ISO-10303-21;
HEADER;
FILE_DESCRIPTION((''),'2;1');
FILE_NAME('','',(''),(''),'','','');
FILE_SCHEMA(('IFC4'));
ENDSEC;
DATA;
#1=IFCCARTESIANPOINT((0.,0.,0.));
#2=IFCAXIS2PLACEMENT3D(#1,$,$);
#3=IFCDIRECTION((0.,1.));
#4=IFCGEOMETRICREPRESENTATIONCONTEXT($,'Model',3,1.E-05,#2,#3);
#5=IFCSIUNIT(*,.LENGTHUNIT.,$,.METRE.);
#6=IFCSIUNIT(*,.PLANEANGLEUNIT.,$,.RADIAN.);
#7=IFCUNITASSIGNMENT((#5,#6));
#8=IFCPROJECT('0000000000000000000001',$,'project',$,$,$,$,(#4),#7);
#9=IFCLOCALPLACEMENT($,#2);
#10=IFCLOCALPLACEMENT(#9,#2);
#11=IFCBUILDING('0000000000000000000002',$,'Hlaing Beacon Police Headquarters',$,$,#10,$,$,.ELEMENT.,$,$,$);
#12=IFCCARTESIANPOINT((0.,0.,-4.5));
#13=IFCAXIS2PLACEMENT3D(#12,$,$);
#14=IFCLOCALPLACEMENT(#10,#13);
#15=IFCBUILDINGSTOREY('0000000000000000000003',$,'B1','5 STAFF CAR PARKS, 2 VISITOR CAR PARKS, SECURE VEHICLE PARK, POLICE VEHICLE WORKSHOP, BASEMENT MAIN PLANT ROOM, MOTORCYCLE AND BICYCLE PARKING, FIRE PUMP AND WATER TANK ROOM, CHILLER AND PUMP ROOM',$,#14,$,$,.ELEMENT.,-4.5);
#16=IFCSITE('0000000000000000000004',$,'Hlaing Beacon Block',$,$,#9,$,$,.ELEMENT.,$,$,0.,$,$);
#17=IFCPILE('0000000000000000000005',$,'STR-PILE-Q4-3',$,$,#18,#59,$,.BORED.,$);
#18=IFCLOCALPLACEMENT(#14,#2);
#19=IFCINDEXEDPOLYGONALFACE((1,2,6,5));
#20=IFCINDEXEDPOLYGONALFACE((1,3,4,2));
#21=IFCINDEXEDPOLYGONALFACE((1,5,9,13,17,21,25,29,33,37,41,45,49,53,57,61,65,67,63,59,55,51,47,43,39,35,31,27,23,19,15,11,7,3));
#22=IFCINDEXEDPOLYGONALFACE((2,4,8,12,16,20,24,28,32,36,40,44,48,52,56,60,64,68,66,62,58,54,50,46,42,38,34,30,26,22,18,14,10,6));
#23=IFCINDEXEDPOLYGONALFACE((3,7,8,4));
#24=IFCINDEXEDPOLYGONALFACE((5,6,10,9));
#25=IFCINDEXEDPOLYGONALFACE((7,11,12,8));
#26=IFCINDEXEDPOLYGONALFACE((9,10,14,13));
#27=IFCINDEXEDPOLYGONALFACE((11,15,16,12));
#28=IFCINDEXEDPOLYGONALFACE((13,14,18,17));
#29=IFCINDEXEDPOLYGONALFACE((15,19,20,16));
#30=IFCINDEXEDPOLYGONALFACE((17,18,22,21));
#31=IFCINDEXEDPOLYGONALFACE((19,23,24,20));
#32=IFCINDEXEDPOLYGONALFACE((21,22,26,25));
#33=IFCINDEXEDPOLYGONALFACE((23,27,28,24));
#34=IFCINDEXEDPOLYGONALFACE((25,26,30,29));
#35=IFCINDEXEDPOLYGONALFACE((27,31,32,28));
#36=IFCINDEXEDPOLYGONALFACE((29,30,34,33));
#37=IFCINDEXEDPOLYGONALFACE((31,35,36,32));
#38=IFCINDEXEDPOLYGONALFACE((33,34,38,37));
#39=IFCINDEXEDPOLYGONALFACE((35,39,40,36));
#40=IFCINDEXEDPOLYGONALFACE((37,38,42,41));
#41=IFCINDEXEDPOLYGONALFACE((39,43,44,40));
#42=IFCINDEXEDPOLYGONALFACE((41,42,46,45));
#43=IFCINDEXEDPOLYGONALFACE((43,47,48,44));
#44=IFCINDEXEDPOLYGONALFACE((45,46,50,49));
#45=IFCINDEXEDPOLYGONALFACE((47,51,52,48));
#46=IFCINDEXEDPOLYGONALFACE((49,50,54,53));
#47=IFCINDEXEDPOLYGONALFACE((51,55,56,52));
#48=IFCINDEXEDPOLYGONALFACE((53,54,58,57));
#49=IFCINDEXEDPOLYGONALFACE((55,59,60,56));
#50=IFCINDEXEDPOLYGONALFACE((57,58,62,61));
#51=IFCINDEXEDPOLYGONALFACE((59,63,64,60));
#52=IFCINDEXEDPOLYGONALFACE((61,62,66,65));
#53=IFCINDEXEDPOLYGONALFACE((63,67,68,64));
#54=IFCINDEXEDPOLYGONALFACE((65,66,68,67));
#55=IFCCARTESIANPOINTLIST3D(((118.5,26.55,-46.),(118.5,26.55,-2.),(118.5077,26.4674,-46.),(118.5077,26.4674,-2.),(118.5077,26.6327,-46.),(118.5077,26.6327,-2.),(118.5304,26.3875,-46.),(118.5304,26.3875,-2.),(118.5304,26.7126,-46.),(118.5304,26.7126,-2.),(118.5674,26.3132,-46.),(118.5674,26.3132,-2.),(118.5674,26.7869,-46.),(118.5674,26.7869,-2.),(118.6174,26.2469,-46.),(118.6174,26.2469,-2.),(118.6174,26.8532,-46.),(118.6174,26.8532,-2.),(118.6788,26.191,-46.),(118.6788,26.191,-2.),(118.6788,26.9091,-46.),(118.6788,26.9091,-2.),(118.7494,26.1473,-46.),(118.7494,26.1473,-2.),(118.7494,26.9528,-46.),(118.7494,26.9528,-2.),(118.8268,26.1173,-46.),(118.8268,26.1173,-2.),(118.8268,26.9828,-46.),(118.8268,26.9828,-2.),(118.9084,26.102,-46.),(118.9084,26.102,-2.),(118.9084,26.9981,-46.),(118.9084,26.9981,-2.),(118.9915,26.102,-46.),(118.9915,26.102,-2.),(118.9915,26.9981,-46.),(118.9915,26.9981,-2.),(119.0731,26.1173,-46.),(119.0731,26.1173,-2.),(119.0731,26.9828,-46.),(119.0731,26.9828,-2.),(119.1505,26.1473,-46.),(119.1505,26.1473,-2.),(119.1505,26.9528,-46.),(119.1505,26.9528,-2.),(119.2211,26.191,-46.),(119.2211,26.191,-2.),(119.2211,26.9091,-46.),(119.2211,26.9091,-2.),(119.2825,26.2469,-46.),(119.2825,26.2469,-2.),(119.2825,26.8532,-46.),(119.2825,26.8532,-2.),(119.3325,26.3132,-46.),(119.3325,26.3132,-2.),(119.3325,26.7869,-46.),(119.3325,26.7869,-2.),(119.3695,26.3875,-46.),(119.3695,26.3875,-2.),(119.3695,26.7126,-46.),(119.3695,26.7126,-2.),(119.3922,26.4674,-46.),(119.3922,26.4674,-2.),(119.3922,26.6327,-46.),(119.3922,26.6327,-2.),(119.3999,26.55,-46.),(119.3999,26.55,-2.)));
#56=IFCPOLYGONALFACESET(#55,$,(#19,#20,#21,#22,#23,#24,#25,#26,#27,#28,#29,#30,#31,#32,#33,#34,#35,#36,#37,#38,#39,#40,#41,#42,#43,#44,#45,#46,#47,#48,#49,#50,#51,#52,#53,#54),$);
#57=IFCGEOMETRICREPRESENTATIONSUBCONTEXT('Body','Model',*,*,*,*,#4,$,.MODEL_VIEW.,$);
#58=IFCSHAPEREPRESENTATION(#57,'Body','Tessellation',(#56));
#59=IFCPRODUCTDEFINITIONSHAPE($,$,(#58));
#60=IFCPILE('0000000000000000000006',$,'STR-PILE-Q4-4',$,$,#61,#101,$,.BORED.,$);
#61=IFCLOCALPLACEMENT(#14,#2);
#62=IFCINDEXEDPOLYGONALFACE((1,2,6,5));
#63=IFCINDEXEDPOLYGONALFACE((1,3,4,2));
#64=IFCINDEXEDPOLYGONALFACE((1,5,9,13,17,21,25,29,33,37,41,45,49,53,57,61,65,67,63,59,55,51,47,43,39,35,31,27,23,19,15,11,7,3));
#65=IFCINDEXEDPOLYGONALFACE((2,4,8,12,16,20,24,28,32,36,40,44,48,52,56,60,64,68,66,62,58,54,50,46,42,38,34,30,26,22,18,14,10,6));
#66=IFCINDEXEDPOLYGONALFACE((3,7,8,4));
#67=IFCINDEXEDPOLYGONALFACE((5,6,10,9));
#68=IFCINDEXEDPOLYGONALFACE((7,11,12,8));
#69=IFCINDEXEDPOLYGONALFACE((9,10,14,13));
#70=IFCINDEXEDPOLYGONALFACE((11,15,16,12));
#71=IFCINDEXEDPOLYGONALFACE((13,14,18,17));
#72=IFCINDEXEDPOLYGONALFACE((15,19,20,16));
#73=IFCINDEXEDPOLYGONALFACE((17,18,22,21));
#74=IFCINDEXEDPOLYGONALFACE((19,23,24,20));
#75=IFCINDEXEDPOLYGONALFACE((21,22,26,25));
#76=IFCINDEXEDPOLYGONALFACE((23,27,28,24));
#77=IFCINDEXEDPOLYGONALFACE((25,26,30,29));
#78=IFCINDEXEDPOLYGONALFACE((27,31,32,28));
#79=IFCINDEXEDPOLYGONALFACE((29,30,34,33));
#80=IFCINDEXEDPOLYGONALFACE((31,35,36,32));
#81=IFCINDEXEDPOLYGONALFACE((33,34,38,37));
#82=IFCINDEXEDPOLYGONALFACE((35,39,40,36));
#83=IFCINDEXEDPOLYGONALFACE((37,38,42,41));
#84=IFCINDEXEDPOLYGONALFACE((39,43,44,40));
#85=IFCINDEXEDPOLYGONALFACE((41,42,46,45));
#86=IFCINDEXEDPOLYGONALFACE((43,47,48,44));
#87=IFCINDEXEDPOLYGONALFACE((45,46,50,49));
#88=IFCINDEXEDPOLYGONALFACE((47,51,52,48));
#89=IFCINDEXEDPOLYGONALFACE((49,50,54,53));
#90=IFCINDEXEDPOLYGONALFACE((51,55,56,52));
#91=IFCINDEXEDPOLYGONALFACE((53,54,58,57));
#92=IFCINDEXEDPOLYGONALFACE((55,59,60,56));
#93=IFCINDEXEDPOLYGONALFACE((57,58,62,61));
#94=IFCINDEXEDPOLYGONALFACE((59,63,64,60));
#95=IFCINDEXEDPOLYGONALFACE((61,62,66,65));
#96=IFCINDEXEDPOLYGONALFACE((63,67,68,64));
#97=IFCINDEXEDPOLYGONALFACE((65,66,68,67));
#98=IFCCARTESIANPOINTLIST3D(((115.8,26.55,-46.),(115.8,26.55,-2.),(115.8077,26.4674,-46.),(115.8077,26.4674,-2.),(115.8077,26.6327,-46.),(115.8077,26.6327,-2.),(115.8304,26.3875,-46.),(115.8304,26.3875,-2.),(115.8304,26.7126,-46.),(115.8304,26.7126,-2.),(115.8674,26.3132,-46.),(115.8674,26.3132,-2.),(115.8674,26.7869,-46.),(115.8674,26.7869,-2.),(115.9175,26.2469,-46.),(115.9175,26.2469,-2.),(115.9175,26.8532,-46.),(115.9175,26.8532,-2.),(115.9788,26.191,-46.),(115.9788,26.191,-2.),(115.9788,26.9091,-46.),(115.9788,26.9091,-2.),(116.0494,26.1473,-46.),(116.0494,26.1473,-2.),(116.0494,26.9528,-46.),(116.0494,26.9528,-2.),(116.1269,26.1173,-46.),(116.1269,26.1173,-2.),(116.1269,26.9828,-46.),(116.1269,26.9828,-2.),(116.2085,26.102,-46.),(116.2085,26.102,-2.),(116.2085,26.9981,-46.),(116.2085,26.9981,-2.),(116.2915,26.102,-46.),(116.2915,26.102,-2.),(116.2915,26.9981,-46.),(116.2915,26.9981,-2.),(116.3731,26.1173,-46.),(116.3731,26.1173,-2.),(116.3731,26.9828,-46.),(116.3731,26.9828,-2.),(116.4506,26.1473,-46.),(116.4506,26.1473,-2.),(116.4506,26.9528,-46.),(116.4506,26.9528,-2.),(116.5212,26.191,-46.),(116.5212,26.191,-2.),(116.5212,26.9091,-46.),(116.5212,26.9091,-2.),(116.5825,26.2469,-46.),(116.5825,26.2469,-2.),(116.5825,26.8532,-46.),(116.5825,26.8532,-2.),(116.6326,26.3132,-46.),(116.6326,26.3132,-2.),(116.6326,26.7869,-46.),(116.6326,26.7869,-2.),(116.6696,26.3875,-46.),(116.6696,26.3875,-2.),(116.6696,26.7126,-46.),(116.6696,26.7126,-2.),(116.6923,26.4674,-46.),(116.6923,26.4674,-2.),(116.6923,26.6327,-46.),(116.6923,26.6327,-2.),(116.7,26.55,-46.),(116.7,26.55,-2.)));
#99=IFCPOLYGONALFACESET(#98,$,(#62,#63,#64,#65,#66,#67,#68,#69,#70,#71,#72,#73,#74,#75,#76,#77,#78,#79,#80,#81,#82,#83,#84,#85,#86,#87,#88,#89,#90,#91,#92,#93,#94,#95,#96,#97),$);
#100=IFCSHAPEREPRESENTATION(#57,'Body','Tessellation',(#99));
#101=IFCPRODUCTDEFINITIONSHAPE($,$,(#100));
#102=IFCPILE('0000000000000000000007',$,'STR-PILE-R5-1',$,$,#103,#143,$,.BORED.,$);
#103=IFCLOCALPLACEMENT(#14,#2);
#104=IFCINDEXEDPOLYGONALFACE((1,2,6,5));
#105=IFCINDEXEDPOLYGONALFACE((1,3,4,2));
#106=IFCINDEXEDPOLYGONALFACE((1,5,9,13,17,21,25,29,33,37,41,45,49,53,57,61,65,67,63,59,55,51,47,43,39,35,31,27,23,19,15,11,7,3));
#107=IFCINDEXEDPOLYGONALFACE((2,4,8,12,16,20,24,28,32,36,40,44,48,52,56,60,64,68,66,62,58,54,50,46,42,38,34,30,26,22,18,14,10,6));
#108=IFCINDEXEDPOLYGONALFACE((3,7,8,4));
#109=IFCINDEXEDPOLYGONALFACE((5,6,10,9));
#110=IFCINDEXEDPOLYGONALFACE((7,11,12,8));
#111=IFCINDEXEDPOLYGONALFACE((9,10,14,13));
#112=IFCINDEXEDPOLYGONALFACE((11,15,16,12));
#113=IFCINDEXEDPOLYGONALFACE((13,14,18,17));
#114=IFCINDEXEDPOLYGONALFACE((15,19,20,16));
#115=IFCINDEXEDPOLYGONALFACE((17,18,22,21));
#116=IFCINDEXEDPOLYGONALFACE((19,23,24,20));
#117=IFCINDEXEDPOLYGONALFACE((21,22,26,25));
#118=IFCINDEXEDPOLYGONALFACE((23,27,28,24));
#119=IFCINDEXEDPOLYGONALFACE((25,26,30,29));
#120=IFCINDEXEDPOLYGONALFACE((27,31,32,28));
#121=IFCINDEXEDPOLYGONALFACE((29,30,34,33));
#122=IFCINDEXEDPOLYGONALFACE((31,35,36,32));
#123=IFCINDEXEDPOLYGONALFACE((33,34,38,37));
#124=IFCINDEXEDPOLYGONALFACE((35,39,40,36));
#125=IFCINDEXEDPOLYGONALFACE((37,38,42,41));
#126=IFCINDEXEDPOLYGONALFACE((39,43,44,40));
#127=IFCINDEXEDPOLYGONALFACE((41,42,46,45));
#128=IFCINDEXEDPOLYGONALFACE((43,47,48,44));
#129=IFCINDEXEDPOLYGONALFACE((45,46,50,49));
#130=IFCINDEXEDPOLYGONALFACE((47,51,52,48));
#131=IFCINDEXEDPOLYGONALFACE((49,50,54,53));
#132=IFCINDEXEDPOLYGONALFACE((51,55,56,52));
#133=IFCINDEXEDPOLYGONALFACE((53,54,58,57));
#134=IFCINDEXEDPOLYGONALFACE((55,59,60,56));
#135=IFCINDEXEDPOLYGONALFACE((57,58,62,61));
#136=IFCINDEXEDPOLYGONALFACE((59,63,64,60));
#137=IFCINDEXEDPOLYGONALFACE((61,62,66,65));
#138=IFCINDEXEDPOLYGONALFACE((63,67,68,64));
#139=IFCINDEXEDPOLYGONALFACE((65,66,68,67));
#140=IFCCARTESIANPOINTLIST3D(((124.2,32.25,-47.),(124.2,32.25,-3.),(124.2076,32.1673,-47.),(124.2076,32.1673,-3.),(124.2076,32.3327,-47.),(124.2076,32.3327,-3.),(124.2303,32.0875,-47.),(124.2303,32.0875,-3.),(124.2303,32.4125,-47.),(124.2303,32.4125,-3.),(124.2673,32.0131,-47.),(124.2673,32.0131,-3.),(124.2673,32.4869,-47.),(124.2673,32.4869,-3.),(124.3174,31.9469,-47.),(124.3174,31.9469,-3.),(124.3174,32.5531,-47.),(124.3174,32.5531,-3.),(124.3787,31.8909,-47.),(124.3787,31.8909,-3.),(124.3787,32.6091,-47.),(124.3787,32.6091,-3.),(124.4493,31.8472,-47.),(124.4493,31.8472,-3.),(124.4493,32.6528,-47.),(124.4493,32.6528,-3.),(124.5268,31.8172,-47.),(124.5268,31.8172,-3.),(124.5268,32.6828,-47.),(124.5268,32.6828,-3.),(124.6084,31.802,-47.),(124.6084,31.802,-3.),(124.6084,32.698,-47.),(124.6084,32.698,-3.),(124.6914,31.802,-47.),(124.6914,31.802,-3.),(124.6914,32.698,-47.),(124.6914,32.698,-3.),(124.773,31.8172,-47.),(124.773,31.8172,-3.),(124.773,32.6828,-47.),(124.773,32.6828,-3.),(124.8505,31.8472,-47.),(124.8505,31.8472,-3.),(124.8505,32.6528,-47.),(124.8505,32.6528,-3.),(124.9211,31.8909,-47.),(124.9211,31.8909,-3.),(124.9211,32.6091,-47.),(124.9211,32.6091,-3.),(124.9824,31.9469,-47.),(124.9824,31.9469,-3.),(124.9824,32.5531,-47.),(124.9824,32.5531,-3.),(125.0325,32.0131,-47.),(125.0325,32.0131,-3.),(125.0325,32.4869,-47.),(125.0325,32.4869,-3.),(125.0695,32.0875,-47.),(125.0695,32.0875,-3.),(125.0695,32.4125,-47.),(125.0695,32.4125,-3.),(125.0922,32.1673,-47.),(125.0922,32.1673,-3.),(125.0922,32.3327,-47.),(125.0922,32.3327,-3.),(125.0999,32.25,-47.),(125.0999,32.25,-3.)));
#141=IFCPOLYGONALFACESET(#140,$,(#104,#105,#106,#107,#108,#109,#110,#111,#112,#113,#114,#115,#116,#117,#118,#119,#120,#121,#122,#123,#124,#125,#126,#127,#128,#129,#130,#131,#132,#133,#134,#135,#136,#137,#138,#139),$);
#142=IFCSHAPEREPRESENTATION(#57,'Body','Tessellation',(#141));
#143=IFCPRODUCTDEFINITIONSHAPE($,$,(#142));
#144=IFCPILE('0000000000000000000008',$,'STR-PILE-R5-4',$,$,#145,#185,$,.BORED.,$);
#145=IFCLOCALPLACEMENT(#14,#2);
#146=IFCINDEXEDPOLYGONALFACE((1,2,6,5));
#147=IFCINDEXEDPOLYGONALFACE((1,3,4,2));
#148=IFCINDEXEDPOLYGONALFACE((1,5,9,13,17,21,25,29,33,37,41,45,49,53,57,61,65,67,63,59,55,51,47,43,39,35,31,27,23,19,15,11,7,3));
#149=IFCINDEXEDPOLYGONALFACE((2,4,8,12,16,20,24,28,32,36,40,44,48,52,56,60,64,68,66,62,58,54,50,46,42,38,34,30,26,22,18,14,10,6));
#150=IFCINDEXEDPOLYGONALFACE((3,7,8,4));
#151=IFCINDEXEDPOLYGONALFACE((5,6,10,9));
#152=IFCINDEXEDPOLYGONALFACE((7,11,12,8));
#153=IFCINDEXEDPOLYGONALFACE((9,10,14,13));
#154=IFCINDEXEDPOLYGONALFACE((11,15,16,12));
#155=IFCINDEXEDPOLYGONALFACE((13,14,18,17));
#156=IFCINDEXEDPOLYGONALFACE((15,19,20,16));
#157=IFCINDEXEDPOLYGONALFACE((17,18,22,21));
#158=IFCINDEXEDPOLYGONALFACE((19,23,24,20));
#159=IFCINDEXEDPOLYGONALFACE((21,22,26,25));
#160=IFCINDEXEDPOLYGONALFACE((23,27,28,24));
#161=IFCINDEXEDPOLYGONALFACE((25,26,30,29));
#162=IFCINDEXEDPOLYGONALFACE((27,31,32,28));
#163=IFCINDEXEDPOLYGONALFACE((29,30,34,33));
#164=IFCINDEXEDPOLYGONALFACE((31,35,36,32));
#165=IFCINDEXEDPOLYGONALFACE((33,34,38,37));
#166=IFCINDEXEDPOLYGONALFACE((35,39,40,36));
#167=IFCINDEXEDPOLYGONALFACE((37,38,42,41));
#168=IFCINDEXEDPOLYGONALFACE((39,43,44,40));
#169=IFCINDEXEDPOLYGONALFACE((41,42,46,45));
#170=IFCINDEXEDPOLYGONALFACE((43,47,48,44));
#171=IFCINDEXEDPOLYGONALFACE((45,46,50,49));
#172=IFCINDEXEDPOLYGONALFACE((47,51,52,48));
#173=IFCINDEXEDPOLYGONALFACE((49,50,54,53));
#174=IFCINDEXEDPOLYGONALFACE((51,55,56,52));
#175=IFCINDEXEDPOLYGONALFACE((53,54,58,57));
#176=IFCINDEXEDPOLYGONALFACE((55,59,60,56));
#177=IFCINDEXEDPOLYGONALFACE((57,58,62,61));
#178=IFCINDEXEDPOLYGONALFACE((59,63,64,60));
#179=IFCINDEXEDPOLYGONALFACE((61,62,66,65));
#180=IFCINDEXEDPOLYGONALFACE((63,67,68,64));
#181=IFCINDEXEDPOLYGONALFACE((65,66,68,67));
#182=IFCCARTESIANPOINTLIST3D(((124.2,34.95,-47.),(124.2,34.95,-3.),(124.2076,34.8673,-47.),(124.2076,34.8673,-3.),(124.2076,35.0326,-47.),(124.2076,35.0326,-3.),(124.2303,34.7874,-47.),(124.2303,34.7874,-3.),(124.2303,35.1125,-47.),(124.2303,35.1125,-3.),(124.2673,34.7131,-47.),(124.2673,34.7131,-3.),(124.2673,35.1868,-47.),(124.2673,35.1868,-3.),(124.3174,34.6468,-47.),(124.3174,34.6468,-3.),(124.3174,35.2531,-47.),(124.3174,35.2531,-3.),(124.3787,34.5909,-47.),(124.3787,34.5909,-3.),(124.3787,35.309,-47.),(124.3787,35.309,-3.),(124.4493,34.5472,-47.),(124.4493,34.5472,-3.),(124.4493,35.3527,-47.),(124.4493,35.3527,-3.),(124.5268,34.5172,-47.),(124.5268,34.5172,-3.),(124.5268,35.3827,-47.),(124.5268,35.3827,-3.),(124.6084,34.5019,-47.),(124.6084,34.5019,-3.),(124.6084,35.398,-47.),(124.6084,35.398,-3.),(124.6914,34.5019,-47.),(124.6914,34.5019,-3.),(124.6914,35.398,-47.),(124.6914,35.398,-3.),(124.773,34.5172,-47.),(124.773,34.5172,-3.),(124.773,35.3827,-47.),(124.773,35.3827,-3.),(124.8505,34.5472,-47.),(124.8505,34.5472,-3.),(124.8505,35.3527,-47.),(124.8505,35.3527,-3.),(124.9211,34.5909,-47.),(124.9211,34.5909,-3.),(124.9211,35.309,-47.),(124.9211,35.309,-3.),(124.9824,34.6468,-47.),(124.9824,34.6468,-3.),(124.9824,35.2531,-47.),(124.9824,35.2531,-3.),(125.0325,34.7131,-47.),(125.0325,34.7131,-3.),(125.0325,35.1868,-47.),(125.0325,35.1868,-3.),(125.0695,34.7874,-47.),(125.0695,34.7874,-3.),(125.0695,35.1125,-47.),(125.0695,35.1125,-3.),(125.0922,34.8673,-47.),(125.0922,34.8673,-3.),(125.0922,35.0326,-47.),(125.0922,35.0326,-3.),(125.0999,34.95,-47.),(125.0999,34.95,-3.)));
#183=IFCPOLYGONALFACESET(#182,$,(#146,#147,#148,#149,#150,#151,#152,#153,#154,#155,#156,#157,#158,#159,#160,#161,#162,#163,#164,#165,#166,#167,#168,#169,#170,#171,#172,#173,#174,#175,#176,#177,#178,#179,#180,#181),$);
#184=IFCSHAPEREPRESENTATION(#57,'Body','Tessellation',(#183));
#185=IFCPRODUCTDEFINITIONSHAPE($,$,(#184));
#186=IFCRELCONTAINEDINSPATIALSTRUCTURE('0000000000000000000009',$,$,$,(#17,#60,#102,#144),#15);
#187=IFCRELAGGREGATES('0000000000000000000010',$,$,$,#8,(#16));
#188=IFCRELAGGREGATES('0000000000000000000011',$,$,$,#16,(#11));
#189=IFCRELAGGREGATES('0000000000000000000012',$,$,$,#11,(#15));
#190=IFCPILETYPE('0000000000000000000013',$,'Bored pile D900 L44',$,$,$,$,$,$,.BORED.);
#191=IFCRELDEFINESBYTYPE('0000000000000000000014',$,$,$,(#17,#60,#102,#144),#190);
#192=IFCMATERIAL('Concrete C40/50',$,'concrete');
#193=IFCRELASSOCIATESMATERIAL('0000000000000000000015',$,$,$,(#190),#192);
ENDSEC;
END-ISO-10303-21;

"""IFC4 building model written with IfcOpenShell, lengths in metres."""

from ifc_helpers import new_model, si_unit, direction, frame, origin, origin_2d, place, context, subcontext, project, spatial, circle, extrude, material, material_profile, profile_set, type_object, element, save


model = new_model("IFC4")

# Units and contexts
model_context = context("Model", 3, precision=1e-05, world=origin(), true_north=direction((0.0, 1.0)))
body_context = subcontext(model_context, "Body", "Model", "MODEL_VIEW")
ifc_project = project(units=[si_unit("LENGTHUNIT", "METRE"), si_unit("PLANEANGLEUNIT", "RADIAN")], contexts=[model_context])

# Site, building, storey
site_placement = place(None, origin())
site = spatial("IfcSite", under=ifc_project, at=site_placement, Name="Hlaing Beacon Block", CompositionType="ELEMENT", RefElevation=0.0)
building_placement = place(site_placement, origin())
building = spatial("IfcBuilding", under=site, at=building_placement, Name="Hlaing Beacon Police Headquarters", CompositionType="ELEMENT")
storey_placement = place(building_placement, frame((0.0, 0.0, -4.5)))
storey = spatial("IfcBuildingStorey", under=building, at=storey_placement, Name="B1", Description="5 STAFF CAR PARKS, 2 VISITOR CAR PARKS, SECURE VEHICLE PARK, POLICE VEHICLE WORKSHOP, BASEMENT MAIN PLANT ROOM, MOTORCYCLE AND BICYCLE PARKING, FIRE PUMP AND WATER TANK ROOM, CHILLER AND PUMP ROOM", CompositionType="ELEMENT", Elevation=-4.5)

# Piles
ifc_material_1 = material(Name="Concrete C40/50", Category="concrete")
ifc_material_profile_1 = material_profile(ifc_material_1, circle(Radius=0.45, at=origin_2d()), Name="D900")
ifc_profile_set_1 = profile_set([ifc_material_profile_1], Name="Concrete C40/50")
pile_type = type_object("IfcPileType", Name="Bored pile D900 L44", PredefinedType="BORED", material=ifc_profile_set_1)
for number, where, z_axis, x_axis, name in (
    (1, (118.95, 26.55, -2.0), (0.0, 0.0, -1.0), (1.0, 0.0, 0.0), "STR-PILE-Q4-3"),
    (2, (116.25, 26.55, -2.0), (0.0, 0.0, -1.0), (1.0, 0.0, 0.0), "STR-PILE-Q4-4"),
    (3, (124.6499, 32.25, -3.0), (0.0, 0.0, -1.0), (1.0, 0.0, 0.0), "STR-PILE-R5-1"),
    (4, (124.6499, 34.95, -3.0), (0.0, 0.0, -1.0), (1.0, 0.0, 0.0), "STR-PILE-R5-4"),
):
    element("IfcPile", number, at=place(storey_placement, frame(where, z_axis=z_axis, x_axis=x_axis)), inside=storey, type_object=pile_type, Name=name, PredefinedType="BORED", context=body_context, shape_type="SweptSolid", body=[
        extrude(circle(Radius=0.45, at=origin_2d()), origin(), (0.0, 0.0, 1.0), 44.0),
    ])

save(model, "model.ifc")
